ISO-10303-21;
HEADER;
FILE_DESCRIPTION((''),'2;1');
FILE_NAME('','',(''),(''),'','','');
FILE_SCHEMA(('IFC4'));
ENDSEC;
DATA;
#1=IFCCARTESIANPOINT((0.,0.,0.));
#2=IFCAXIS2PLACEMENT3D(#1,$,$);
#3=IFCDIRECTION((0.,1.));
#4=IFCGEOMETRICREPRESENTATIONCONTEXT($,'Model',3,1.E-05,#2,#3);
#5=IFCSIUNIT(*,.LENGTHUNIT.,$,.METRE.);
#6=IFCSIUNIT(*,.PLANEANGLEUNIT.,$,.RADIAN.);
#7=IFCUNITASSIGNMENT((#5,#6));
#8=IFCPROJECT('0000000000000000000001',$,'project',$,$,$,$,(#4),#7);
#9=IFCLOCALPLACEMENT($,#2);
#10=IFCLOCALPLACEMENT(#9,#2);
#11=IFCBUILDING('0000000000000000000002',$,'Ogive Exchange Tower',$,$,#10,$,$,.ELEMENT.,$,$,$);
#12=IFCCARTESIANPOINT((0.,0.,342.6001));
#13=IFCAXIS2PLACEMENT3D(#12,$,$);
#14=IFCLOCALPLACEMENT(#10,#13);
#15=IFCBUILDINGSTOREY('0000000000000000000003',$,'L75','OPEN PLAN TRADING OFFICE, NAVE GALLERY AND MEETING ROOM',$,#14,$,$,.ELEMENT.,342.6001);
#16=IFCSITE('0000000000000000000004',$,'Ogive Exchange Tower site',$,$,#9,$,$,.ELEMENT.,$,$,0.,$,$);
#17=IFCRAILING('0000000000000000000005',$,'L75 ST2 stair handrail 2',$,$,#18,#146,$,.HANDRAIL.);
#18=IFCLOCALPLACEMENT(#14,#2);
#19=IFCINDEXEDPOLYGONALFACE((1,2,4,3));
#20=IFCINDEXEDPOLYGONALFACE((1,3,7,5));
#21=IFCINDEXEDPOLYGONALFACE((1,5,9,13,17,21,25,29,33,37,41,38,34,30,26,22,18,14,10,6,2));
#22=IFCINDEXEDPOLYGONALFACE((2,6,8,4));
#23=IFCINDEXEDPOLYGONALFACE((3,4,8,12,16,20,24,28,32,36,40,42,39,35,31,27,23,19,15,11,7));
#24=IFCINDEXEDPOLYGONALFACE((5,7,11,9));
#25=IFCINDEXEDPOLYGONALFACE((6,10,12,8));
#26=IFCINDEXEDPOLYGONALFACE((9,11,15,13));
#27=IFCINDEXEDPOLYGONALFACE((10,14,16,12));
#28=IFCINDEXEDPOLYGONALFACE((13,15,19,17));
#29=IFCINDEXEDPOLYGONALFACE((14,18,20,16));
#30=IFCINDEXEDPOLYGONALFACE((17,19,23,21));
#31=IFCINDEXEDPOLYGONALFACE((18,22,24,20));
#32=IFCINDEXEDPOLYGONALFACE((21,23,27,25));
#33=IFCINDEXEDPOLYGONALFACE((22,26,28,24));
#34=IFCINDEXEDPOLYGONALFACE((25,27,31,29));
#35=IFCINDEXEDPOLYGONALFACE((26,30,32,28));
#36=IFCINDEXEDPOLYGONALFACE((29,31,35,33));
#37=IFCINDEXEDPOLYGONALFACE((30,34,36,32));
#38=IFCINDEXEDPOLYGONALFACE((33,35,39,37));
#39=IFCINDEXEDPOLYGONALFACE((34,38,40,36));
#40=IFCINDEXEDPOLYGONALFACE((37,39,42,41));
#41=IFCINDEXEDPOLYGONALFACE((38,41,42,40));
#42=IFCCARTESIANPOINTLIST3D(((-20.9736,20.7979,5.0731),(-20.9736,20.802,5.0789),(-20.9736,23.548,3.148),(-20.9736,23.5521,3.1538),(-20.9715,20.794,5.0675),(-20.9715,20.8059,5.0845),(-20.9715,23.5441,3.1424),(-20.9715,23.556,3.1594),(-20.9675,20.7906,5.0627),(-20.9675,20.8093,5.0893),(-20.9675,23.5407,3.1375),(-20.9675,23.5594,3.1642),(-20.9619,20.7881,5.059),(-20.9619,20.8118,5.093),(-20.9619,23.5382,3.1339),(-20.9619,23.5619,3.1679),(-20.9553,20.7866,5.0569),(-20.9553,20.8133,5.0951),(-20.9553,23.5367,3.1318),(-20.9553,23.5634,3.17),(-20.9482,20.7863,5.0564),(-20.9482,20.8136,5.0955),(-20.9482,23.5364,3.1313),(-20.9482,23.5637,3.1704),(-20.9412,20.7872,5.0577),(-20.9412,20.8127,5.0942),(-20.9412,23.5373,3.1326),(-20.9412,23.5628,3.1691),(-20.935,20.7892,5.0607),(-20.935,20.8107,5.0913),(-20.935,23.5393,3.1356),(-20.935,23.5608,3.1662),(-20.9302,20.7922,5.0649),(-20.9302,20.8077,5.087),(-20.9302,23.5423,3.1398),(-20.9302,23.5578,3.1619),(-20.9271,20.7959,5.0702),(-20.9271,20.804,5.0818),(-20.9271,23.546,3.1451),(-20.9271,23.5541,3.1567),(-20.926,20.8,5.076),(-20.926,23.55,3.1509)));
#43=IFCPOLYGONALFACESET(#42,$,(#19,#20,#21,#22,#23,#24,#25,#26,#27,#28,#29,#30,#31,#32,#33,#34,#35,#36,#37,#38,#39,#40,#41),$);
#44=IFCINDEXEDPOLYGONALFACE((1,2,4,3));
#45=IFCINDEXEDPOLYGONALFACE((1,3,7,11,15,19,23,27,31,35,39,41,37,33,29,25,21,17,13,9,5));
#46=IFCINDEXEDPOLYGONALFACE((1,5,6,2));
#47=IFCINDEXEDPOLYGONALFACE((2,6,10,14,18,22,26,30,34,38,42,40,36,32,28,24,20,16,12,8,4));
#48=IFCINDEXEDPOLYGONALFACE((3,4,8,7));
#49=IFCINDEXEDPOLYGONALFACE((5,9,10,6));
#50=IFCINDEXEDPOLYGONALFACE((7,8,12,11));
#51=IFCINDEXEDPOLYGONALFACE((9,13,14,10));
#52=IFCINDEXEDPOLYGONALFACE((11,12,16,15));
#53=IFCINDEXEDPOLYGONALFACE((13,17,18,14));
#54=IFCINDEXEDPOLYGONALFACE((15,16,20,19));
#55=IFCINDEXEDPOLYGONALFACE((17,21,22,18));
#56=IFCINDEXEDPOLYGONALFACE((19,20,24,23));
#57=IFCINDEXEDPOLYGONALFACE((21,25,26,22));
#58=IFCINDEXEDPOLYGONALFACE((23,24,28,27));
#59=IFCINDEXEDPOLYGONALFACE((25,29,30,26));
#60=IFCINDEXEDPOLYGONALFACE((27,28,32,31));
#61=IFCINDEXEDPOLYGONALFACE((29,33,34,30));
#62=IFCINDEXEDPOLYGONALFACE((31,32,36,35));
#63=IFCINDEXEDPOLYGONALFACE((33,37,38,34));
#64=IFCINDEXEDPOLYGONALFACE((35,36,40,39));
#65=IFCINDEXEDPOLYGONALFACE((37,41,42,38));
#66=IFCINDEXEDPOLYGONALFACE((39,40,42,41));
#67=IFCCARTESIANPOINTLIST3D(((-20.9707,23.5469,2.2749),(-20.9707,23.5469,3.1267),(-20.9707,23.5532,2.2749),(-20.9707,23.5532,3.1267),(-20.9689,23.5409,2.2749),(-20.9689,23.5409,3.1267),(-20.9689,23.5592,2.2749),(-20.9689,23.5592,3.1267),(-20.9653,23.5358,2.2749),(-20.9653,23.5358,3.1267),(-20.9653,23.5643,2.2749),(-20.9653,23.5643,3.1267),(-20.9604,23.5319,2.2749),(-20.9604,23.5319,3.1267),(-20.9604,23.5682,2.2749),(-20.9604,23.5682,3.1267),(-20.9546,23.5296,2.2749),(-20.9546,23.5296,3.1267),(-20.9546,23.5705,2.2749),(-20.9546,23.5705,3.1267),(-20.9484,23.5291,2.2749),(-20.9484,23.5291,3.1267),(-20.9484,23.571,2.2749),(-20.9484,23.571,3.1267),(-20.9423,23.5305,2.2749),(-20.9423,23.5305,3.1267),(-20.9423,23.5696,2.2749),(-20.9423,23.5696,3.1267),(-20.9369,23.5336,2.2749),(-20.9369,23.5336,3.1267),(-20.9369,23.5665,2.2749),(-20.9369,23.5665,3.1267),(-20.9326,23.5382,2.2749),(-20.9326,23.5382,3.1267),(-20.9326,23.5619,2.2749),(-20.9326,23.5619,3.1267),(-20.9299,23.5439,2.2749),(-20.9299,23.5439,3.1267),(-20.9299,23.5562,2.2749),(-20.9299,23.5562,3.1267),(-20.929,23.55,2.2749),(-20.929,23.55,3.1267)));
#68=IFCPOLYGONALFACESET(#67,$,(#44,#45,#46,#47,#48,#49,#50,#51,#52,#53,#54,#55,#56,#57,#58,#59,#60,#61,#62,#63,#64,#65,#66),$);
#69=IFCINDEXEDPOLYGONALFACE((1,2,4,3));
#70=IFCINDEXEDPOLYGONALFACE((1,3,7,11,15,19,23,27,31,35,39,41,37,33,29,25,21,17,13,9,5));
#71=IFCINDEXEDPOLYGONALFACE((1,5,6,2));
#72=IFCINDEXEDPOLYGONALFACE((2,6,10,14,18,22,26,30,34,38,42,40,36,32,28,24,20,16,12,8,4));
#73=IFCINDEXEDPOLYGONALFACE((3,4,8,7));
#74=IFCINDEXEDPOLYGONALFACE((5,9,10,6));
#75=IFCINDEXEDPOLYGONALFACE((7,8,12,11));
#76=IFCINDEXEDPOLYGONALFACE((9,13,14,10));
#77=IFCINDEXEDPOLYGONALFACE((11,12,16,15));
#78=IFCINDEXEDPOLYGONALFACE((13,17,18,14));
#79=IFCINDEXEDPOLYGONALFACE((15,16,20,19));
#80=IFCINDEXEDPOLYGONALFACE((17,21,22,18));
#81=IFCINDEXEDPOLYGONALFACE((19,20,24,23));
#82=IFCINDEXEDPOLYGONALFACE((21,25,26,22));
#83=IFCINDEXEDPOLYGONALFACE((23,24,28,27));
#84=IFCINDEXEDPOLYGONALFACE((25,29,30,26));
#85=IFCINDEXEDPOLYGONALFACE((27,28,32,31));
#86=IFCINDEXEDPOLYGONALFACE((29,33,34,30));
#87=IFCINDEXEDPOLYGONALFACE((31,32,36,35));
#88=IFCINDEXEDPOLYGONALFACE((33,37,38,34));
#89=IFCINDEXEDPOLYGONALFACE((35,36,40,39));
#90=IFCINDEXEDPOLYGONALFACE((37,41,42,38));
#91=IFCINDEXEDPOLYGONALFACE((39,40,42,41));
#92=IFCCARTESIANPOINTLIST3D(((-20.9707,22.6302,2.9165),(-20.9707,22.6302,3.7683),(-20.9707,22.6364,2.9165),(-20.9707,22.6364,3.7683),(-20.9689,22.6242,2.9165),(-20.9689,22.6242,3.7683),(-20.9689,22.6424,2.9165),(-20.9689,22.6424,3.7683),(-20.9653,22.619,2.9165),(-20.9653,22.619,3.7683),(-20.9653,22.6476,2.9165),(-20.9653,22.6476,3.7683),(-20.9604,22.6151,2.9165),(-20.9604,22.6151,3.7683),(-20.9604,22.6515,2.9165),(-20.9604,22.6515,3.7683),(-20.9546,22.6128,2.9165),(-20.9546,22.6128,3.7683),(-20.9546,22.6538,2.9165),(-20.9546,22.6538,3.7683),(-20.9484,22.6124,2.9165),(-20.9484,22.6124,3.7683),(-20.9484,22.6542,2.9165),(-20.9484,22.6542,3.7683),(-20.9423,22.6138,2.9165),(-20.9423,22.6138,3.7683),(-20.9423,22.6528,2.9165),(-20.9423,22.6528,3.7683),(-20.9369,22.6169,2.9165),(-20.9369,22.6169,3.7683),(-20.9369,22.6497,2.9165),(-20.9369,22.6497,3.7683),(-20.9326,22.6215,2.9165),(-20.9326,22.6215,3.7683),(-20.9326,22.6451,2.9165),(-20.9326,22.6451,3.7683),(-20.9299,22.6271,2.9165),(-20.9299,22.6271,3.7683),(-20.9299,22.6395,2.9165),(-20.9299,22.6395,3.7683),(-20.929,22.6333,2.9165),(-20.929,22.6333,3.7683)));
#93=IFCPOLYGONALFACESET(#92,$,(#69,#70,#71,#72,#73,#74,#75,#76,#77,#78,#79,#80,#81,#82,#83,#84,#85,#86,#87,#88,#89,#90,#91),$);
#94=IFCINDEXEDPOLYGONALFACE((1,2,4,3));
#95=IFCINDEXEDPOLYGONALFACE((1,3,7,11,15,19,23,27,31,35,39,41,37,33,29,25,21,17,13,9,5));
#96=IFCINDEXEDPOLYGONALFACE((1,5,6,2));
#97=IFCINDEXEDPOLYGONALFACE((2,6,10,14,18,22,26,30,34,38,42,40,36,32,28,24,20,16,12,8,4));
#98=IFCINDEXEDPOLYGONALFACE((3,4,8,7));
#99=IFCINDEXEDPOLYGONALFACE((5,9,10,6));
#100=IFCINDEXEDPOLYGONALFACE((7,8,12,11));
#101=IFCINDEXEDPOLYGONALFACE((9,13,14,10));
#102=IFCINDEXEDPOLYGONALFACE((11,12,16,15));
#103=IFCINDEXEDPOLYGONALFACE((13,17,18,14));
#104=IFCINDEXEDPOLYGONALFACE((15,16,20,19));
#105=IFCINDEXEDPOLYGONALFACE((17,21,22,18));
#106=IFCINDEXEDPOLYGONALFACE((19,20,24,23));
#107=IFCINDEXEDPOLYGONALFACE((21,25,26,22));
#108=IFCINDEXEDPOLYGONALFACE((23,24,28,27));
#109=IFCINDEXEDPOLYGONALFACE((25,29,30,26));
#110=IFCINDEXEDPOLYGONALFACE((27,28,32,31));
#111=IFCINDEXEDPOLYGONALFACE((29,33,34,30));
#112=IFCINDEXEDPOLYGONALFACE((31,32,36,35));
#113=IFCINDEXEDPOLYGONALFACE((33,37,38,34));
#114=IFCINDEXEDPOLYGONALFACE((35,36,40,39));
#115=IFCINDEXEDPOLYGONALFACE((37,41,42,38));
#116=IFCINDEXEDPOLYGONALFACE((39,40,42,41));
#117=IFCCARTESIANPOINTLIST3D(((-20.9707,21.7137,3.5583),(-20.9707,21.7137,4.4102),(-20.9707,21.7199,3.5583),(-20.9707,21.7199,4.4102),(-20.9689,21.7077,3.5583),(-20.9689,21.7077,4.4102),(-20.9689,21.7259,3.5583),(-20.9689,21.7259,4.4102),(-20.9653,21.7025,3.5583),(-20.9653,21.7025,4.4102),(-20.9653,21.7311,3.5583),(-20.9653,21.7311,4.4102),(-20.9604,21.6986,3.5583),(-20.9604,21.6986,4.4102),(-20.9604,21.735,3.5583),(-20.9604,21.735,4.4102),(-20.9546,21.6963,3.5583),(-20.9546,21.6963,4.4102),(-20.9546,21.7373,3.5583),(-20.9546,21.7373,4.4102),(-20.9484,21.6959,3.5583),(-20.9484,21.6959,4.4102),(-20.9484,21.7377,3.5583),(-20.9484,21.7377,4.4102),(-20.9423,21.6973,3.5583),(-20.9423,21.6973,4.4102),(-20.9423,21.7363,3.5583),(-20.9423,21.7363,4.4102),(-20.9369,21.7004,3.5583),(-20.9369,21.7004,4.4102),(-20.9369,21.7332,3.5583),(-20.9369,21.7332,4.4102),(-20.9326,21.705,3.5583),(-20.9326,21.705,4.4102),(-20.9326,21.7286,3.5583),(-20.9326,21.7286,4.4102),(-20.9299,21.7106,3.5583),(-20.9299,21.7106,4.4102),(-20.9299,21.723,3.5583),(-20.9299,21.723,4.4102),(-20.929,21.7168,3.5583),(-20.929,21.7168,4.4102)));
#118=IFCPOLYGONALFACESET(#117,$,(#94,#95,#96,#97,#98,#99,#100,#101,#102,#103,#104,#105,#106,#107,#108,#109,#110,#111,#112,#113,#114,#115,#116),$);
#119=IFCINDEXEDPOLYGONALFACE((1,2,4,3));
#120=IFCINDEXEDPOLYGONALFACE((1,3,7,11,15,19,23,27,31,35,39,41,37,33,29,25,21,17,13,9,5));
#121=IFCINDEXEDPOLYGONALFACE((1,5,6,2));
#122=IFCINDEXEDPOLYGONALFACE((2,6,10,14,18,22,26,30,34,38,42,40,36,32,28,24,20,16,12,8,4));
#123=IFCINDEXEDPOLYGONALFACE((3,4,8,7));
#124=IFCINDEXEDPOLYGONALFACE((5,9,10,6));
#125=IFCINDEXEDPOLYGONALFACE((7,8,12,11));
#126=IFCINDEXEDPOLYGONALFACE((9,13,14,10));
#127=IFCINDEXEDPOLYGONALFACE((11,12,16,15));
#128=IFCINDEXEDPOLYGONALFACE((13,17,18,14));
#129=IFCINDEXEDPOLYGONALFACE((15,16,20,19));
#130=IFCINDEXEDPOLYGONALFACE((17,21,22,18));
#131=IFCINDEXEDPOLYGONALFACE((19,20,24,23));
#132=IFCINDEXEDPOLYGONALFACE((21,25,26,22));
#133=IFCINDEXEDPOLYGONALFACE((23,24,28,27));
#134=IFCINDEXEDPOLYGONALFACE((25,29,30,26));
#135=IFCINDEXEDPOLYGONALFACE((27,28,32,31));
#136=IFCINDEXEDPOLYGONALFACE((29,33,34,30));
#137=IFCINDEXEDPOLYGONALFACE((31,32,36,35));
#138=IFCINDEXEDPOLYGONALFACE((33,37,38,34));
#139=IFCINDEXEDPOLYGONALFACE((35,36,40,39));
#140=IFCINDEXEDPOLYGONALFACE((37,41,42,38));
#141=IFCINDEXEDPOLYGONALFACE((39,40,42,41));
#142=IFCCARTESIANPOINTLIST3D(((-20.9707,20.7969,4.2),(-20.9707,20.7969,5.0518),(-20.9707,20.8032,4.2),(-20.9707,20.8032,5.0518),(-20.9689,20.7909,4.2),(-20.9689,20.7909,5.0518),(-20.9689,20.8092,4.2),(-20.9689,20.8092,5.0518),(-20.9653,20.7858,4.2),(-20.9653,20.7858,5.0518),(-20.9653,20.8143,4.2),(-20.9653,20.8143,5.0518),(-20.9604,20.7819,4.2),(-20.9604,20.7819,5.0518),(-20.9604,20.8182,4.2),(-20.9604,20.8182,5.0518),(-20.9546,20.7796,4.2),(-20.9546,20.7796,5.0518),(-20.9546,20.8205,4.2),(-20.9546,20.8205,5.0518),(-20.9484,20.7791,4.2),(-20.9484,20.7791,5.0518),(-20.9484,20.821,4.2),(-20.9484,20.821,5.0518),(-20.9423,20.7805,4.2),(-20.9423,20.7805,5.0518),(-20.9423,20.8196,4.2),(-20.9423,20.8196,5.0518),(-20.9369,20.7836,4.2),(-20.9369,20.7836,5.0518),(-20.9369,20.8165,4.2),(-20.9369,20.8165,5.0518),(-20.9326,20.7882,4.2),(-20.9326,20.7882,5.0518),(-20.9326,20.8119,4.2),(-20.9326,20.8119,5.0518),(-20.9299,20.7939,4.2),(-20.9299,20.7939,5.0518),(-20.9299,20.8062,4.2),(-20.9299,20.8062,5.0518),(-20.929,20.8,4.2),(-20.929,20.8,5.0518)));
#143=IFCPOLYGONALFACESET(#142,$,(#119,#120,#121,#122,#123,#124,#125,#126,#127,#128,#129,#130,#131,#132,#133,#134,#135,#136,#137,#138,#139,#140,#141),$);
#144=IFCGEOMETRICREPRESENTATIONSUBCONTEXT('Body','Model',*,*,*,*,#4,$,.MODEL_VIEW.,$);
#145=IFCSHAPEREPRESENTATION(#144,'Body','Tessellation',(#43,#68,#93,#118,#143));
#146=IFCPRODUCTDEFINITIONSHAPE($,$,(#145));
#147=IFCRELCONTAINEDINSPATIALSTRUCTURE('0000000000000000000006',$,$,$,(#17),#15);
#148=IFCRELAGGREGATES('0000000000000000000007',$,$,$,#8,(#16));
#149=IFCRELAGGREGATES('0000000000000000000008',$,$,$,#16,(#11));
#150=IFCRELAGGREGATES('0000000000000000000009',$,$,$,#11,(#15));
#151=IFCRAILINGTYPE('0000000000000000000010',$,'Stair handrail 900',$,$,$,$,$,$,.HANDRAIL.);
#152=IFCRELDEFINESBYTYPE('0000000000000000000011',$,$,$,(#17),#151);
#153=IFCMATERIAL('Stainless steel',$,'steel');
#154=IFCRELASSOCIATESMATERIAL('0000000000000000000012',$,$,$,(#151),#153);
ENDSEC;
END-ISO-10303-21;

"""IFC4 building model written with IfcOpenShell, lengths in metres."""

from ifc_helpers import new_model, si_unit, direction, frame, origin, origin_2d, place, context, subcontext, project, spatial, circle, extrude, material, type_object, element, save


model = new_model("IFC4")

# Units and contexts
model_context = context("Model", 3, precision=1e-05, world=origin(), true_north=direction((0.0, 1.0)))
body_context = subcontext(model_context, "Body", "Model", "MODEL_VIEW")
ifc_project = project(units=[si_unit("LENGTHUNIT", "METRE"), si_unit("PLANEANGLEUNIT", "RADIAN")], contexts=[model_context])

# Site, building, storey
site_placement = place(None, origin())
site = spatial("IfcSite", under=ifc_project, at=site_placement, Name="Ogive Exchange Tower site", CompositionType="ELEMENT", RefElevation=0.0)
building_placement = place(site_placement, origin())
building = spatial("IfcBuilding", under=site, at=building_placement, Name="Ogive Exchange Tower", CompositionType="ELEMENT")
storey_placement = place(building_placement, frame((0.0, 0.0, 342.6001)))
storey = spatial("IfcBuildingStorey", under=building, at=storey_placement, Name="L75", Description="OPEN PLAN TRADING OFFICE, NAVE GALLERY AND MEETING ROOM", CompositionType="ELEMENT", Elevation=342.6001)

# Railing
ifc_material_1 = material(Name="Stainless steel", Category="steel")
railing_type = type_object("IfcRailingType", Name="Stair handrail 900", PredefinedType="HANDRAIL", material=ifc_material_1)
railing_placement = place(storey_placement, frame((-20.95, 23.55, 2.2749)))
element("IfcRailing", 1, at=railing_placement, inside=storey, type_object=railing_type, Name="L75 ST2 stair handrail 2", PredefinedType="HANDRAIL", context=body_context, shape_type="SweptSolid", body=[
    extrude(circle(Radius=0.0239, at=origin_2d()), frame((0.0, 0.0, 0.876), z_axis=(0.0, -0.819225, 0.573472), x_axis=(1.0, 0.0, 0.0)), (0.0, 0.0, 1.0), 3.3569),
    extrude(circle(Radius=0.021, at=origin_2d()), origin(), (0.0, 0.0, 1.0), 0.8518),
    extrude(circle(Radius=0.021, at=origin_2d()), frame((0.0, -0.9167, 0.6416)), (0.0, 0.0, 1.0), 0.8518),
    extrude(circle(Radius=0.021, at=origin_2d()), frame((0.0, -1.8333, 1.2834)), (0.0, 0.0, 1.0), 0.8518),
    extrude(circle(Radius=0.021, at=origin_2d()), frame((0.0, -2.75, 1.925)), (0.0, 0.0, 1.0), 0.8518),
])

save(model, "model.ifc")
